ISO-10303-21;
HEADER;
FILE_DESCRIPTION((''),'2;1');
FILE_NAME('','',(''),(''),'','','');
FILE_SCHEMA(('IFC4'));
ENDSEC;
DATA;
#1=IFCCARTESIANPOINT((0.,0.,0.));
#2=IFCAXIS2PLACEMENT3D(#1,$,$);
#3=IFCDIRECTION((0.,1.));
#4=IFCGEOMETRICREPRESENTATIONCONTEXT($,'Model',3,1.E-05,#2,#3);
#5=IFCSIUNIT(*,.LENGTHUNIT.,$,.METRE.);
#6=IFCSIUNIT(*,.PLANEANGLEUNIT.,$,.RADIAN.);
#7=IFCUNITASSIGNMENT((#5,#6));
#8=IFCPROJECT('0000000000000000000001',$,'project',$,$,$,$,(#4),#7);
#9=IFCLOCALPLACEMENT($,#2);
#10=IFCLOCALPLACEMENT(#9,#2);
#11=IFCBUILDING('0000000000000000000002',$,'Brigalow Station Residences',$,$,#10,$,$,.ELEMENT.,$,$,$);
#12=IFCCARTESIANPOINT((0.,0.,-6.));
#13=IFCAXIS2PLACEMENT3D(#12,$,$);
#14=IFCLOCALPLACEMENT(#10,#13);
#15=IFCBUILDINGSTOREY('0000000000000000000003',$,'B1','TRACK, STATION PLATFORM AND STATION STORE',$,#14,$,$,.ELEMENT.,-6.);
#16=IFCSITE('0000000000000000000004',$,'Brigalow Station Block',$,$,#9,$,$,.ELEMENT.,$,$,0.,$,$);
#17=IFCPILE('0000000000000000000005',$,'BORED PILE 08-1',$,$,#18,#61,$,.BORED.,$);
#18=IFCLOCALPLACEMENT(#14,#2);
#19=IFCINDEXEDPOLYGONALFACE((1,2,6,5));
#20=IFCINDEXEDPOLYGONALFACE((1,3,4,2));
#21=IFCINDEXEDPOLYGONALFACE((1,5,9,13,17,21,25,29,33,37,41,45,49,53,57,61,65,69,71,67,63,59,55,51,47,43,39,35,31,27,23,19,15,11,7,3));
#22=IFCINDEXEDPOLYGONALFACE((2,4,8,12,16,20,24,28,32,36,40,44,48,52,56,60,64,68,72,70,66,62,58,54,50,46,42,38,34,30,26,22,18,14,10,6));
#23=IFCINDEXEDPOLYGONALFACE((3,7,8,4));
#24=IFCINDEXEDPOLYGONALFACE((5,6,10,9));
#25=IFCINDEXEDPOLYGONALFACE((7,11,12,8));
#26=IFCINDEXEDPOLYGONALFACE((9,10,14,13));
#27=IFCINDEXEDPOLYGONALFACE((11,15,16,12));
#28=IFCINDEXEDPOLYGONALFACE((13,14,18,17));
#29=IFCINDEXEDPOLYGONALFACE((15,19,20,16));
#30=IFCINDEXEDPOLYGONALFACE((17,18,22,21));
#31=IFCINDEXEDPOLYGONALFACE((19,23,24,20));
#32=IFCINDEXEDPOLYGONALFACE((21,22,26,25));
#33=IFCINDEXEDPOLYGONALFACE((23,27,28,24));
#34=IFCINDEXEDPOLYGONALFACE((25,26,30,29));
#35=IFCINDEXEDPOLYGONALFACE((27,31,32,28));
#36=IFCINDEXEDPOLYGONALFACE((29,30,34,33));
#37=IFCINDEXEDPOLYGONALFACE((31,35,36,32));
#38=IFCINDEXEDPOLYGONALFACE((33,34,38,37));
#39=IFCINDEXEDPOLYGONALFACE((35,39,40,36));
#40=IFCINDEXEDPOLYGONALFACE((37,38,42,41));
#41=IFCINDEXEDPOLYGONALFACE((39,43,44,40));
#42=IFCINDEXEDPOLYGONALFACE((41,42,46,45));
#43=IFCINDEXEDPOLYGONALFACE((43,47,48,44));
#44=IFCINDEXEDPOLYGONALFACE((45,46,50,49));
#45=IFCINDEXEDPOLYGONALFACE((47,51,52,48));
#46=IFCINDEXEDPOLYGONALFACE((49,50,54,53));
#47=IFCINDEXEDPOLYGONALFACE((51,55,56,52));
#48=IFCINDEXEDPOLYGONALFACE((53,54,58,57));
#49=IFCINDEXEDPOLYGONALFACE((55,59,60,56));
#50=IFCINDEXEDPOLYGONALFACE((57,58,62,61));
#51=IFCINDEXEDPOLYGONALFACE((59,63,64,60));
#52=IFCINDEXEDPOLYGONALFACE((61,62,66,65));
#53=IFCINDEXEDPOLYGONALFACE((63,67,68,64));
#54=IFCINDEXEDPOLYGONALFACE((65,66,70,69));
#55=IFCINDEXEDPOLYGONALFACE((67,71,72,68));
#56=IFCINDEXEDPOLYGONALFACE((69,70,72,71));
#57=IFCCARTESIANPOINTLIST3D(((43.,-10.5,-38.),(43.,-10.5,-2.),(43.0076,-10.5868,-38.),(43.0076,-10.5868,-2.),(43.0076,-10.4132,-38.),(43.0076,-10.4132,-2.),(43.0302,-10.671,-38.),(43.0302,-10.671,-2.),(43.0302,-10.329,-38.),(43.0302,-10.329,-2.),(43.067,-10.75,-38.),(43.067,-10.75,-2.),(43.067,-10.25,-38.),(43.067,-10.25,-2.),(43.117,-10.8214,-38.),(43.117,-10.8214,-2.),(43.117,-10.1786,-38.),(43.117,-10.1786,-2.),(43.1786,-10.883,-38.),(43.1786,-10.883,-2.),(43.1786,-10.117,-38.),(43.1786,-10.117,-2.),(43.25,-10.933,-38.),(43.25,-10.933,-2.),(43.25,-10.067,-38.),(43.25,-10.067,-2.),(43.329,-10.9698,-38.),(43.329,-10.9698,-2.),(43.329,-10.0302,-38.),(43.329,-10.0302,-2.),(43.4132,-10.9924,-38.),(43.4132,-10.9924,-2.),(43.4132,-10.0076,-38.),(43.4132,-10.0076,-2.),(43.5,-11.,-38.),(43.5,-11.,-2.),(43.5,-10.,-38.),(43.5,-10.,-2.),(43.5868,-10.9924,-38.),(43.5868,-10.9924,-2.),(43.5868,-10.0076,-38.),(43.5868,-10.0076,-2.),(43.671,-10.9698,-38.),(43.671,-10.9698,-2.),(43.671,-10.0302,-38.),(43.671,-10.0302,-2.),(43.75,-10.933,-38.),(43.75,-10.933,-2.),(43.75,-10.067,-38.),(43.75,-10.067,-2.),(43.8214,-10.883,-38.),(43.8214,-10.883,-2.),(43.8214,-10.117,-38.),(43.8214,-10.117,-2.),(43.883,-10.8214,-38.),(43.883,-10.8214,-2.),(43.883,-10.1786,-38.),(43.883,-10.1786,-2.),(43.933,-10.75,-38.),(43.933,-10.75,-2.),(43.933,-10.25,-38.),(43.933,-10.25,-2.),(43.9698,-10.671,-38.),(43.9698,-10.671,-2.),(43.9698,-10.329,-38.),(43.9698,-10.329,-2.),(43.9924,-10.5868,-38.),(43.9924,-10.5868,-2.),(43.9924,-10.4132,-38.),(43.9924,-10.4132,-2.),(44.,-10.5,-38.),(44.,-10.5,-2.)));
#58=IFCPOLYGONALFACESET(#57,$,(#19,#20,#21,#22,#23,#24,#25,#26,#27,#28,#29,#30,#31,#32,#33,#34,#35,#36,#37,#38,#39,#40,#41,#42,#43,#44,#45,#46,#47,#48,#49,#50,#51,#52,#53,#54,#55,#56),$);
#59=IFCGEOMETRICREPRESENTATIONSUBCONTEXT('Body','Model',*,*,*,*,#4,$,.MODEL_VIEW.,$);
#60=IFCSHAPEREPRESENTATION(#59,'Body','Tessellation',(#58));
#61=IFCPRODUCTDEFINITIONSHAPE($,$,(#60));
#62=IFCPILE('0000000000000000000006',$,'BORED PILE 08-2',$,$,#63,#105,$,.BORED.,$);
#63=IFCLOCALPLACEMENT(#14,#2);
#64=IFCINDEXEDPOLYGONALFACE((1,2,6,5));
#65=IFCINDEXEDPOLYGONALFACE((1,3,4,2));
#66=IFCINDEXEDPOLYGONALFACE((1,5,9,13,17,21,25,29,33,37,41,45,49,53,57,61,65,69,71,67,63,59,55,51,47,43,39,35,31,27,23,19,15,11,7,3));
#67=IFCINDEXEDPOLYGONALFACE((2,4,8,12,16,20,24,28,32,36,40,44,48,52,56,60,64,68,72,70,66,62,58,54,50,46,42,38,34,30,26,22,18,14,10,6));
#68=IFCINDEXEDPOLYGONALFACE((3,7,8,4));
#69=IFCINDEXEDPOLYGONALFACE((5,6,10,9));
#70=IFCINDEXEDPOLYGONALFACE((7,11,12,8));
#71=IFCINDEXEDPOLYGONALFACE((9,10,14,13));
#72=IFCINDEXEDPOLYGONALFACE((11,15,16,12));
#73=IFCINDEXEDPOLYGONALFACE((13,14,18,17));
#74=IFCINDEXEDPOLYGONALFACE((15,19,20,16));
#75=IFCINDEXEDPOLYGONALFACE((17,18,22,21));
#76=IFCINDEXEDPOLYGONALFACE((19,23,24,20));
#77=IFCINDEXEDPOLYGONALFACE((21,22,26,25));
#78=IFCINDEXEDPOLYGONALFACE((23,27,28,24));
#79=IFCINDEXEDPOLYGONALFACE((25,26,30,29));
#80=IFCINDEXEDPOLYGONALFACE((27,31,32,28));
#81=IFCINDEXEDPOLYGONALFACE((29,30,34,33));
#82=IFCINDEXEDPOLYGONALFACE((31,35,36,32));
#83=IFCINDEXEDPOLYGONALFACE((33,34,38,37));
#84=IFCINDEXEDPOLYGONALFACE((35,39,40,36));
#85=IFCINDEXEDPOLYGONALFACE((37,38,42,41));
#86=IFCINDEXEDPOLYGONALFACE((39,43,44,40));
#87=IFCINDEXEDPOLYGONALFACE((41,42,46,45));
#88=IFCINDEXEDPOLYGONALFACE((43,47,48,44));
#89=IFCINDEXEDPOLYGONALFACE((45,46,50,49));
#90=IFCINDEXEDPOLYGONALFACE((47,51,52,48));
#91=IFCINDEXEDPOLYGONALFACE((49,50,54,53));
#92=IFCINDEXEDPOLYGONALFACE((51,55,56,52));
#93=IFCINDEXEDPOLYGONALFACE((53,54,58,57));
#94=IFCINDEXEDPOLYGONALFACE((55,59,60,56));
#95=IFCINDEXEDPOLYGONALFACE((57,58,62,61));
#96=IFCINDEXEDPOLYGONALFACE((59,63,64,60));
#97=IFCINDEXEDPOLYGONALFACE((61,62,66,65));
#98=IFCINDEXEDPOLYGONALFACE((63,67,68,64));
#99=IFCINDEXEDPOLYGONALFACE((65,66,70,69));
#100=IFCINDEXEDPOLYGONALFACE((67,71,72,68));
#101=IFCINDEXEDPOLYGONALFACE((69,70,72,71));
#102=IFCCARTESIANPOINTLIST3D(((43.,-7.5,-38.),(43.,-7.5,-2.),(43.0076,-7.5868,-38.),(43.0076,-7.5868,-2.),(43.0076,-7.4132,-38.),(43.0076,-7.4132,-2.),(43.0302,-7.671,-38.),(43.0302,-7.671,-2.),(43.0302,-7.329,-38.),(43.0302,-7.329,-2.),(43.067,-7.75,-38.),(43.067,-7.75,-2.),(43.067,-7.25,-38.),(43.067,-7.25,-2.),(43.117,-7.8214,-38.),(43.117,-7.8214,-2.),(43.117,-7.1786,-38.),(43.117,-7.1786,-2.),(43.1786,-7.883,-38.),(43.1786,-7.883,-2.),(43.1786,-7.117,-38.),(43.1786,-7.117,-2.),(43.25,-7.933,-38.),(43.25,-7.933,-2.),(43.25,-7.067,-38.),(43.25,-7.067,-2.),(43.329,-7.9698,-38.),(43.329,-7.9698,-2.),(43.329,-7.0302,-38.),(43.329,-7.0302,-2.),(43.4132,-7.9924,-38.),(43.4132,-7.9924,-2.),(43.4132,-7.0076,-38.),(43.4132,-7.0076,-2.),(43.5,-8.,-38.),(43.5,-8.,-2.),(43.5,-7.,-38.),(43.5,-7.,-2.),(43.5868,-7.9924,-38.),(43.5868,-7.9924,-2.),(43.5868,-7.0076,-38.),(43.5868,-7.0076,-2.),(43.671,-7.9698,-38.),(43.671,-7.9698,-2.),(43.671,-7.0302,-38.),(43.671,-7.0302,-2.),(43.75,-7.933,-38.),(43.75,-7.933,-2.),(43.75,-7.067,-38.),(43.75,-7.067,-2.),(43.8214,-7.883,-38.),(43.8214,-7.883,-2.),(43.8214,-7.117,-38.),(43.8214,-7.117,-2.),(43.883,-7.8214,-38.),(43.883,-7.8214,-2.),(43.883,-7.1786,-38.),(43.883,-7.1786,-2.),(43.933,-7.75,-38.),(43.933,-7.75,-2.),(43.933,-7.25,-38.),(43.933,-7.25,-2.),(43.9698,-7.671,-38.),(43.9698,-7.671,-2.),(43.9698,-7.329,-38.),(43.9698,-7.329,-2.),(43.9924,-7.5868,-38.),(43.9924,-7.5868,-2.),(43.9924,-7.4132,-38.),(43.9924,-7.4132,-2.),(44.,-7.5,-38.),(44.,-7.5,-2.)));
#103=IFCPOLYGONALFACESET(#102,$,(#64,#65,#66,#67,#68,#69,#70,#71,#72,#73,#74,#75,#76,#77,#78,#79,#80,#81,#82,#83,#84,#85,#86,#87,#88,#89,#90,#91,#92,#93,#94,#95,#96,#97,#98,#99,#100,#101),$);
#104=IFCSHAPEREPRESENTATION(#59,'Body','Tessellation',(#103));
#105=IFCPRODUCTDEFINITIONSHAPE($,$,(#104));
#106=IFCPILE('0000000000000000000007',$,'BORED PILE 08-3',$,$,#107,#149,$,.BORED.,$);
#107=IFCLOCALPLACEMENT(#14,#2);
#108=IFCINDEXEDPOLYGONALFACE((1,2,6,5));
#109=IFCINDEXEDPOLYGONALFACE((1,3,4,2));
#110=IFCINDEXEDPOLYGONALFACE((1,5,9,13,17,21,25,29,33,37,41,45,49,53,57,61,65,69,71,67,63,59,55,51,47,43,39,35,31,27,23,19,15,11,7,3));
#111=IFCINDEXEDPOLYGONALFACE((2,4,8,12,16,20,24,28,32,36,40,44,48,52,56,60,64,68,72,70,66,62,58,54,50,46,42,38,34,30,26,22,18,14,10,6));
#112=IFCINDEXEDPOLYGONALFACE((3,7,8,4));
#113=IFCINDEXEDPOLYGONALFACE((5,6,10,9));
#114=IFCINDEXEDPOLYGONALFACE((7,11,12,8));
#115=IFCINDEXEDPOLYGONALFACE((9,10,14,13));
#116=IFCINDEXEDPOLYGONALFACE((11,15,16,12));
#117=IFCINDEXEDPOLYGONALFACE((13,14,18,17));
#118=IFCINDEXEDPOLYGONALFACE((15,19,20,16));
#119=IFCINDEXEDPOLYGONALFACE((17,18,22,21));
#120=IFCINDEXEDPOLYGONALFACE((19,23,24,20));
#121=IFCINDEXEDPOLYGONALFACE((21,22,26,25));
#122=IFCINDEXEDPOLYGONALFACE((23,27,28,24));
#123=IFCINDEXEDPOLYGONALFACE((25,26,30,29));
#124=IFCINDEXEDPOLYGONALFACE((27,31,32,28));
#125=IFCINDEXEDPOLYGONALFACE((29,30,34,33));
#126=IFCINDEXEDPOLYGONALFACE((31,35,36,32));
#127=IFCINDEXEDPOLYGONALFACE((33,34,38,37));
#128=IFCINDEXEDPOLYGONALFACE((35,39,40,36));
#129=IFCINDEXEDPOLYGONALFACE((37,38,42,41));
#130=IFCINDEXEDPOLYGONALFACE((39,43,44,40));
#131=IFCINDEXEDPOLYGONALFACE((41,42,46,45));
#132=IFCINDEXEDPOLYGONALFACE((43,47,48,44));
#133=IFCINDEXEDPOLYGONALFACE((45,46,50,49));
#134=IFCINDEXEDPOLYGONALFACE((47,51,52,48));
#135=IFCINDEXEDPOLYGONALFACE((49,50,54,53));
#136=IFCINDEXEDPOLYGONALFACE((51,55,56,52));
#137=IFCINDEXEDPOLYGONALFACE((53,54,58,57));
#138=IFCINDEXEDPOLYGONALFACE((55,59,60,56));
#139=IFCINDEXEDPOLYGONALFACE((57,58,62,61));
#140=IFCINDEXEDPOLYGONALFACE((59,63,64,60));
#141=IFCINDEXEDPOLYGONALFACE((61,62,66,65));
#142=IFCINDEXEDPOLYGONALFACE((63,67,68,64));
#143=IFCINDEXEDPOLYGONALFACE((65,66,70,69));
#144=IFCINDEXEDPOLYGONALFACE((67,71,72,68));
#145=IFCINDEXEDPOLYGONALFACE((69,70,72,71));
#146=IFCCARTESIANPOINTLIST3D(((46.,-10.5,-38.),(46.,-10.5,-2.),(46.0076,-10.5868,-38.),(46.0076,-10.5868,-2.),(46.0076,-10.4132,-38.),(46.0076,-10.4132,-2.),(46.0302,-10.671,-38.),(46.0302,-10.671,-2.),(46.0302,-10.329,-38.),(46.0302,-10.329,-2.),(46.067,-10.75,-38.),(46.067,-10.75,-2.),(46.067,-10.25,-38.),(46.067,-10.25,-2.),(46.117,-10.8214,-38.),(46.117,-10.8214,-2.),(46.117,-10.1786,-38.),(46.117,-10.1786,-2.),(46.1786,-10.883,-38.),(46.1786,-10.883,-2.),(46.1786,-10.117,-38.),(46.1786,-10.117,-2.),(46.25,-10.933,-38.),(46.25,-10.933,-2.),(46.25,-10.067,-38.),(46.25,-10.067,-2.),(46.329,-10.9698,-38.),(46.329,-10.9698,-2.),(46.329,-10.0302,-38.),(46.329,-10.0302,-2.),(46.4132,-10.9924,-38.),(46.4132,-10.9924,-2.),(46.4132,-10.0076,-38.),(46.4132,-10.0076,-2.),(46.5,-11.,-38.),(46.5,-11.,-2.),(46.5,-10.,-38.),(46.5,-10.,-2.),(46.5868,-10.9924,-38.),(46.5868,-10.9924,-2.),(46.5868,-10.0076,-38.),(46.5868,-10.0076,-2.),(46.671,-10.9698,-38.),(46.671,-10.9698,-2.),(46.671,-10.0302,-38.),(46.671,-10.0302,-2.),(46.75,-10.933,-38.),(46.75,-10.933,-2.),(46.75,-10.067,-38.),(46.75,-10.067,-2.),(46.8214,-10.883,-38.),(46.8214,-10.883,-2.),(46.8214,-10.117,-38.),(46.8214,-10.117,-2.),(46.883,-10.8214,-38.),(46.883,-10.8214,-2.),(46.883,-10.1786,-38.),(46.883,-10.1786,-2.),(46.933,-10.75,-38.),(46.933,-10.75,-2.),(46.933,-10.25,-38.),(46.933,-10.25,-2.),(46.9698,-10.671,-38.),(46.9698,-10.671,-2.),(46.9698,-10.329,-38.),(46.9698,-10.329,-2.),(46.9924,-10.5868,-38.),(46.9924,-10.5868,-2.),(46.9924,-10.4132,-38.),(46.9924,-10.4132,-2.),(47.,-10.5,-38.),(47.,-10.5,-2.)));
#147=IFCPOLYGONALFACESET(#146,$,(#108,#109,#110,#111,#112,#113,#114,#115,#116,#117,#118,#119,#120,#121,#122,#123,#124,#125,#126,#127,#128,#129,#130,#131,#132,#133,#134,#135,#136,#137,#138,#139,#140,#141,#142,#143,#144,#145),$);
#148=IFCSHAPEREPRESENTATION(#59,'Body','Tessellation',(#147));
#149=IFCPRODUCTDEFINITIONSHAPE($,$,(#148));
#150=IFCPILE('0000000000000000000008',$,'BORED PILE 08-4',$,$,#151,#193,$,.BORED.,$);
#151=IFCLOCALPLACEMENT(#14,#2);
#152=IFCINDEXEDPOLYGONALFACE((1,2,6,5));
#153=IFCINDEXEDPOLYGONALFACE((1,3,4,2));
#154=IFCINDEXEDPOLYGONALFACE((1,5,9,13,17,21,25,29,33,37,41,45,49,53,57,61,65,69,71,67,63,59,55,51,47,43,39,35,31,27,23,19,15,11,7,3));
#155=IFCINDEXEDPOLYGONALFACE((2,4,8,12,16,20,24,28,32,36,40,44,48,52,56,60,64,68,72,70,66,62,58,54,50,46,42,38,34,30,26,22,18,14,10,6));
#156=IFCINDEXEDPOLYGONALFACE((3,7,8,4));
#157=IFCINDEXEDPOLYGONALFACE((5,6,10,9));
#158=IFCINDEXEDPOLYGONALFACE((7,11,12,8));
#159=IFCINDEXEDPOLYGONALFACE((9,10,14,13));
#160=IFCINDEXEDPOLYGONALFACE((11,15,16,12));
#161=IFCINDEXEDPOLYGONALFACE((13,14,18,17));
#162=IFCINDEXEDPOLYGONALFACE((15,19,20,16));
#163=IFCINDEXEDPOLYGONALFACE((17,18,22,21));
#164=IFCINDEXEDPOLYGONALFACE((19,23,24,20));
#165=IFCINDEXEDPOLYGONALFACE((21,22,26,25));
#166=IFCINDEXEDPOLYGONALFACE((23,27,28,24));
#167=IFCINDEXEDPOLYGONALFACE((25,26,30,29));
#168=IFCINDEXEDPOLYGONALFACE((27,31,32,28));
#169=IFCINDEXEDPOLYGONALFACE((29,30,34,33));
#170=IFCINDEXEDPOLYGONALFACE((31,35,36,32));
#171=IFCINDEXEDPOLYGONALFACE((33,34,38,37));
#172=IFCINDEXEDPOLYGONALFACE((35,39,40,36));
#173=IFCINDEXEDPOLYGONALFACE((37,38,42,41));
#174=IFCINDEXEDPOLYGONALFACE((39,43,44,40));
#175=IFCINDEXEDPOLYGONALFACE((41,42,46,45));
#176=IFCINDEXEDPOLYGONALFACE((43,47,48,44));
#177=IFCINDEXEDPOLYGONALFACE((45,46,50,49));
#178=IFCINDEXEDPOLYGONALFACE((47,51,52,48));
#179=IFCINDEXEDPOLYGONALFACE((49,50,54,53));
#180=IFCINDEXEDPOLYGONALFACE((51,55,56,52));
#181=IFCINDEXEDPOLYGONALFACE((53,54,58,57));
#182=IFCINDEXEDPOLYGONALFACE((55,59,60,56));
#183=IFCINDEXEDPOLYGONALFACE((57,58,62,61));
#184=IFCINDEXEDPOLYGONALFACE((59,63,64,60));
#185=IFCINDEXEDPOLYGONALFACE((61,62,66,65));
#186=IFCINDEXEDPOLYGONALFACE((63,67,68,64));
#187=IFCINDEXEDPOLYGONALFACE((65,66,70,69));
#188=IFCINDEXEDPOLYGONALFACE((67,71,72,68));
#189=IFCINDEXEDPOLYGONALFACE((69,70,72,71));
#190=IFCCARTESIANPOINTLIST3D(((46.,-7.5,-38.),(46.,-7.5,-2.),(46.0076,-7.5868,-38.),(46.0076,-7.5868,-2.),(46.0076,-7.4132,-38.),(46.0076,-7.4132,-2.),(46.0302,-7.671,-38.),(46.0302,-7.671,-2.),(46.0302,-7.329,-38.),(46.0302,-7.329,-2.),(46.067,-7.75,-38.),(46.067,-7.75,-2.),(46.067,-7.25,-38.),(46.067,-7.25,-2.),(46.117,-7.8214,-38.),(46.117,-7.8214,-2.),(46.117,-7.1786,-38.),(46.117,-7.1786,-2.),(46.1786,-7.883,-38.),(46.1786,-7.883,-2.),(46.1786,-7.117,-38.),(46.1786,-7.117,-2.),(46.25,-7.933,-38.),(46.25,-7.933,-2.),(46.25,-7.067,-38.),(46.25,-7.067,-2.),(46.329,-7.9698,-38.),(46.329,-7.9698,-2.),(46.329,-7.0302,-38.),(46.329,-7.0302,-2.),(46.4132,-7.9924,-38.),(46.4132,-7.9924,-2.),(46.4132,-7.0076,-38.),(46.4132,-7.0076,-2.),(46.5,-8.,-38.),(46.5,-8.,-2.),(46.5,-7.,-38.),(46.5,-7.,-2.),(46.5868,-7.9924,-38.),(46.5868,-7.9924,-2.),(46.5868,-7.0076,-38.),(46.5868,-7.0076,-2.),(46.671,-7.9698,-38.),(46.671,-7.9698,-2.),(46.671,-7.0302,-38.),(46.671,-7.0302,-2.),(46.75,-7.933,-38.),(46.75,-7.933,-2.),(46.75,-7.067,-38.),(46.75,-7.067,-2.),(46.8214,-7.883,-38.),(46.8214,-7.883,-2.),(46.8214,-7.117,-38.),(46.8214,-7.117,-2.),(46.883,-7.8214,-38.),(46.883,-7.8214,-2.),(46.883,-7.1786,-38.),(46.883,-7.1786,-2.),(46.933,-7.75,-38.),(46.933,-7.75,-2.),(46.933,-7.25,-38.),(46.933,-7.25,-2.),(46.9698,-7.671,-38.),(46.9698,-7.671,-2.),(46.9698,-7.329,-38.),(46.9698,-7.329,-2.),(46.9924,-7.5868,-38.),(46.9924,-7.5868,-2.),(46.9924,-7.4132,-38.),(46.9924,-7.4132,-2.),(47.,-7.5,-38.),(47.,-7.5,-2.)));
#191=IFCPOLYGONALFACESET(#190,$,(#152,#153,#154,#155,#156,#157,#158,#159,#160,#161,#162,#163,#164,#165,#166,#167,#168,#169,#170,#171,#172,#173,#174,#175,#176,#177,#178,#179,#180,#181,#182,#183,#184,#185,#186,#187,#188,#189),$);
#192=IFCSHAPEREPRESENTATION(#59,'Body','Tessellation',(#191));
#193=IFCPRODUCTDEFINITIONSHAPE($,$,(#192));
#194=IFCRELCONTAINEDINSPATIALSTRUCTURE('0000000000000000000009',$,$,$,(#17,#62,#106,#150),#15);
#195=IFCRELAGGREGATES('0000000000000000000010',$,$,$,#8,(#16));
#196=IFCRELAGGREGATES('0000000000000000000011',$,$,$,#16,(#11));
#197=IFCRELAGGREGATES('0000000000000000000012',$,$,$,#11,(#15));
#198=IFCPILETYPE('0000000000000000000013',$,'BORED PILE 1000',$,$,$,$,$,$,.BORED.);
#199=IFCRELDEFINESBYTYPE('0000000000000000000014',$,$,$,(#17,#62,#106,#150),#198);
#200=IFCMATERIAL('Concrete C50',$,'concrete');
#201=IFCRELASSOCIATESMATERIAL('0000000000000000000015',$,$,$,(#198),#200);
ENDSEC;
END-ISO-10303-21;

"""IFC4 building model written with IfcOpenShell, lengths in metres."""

from ifc_helpers import new_model, si_unit, direction, frame, origin, origin_2d, place, context, subcontext, project, spatial, circle, extrude, material, material_profile, profile_set, type_object, element, save


model = new_model("IFC4")

# Units and contexts
model_context = context("Model", 3, precision=1e-05, world=origin(), true_north=direction((0.0, 1.0)))
body_context = subcontext(model_context, "Body", "Model", "MODEL_VIEW")
ifc_project = project(units=[si_unit("LENGTHUNIT", "METRE"), si_unit("PLANEANGLEUNIT", "RADIAN")], contexts=[model_context])

# Site, building, storey
site_placement = place(None, origin())
site = spatial("IfcSite", under=ifc_project, at=site_placement, Name="Brigalow Station Block", CompositionType="ELEMENT", RefElevation=0.0)
building_placement = place(site_placement, origin())
building = spatial("IfcBuilding", under=site, at=building_placement, Name="Brigalow Station Residences", CompositionType="ELEMENT")
storey_placement = place(building_placement, frame((0.0, 0.0, -6.0)))
storey = spatial("IfcBuildingStorey", under=building, at=storey_placement, Name="B1", Description="TRACK, STATION PLATFORM AND STATION STORE", CompositionType="ELEMENT", Elevation=-6.0)

# Piles
ifc_material_1 = material(Name="Concrete C50", Category="concrete")
ifc_material_profile_1 = material_profile(ifc_material_1, circle(Radius=0.5, at=origin_2d()), Name="BP1000")
ifc_profile_set_1 = profile_set([ifc_material_profile_1], Name="Concrete C50")
pile_type_1 = type_object("IfcPileType", Name="BORED PILE 1000", PredefinedType="BORED", material=ifc_profile_set_1)
for number, where, z_axis, x_axis, name in (
    (1, (43.5, -10.5, -2.0), (0.0, 0.0, -1.0), (1.0, 0.0, 0.0), "BORED PILE 08-1"),
    (2, (43.5, -7.5, -2.0), (0.0, 0.0, -1.0), (1.0, 0.0, 0.0), "BORED PILE 08-2"),
    (3, (46.5, -10.5, -2.0), (0.0, 0.0, -1.0), (1.0, 0.0, 0.0), "BORED PILE 08-3"),
    (4, (46.5, -7.5, -2.0), (0.0, 0.0, -1.0), (1.0, 0.0, 0.0), "BORED PILE 08-4"),
):
    element("IfcPile", number, at=place(storey_placement, frame(where, z_axis=z_axis, x_axis=x_axis)), inside=storey, type_object=pile_type_1, Name=name, PredefinedType="BORED", context=body_context, shape_type="SweptSolid", body=[
        extrude(circle(Radius=0.5, at=origin_2d()), origin(), (0.0, 0.0, 1.0), 36.0),
    ])

save(model, "model.ifc")
